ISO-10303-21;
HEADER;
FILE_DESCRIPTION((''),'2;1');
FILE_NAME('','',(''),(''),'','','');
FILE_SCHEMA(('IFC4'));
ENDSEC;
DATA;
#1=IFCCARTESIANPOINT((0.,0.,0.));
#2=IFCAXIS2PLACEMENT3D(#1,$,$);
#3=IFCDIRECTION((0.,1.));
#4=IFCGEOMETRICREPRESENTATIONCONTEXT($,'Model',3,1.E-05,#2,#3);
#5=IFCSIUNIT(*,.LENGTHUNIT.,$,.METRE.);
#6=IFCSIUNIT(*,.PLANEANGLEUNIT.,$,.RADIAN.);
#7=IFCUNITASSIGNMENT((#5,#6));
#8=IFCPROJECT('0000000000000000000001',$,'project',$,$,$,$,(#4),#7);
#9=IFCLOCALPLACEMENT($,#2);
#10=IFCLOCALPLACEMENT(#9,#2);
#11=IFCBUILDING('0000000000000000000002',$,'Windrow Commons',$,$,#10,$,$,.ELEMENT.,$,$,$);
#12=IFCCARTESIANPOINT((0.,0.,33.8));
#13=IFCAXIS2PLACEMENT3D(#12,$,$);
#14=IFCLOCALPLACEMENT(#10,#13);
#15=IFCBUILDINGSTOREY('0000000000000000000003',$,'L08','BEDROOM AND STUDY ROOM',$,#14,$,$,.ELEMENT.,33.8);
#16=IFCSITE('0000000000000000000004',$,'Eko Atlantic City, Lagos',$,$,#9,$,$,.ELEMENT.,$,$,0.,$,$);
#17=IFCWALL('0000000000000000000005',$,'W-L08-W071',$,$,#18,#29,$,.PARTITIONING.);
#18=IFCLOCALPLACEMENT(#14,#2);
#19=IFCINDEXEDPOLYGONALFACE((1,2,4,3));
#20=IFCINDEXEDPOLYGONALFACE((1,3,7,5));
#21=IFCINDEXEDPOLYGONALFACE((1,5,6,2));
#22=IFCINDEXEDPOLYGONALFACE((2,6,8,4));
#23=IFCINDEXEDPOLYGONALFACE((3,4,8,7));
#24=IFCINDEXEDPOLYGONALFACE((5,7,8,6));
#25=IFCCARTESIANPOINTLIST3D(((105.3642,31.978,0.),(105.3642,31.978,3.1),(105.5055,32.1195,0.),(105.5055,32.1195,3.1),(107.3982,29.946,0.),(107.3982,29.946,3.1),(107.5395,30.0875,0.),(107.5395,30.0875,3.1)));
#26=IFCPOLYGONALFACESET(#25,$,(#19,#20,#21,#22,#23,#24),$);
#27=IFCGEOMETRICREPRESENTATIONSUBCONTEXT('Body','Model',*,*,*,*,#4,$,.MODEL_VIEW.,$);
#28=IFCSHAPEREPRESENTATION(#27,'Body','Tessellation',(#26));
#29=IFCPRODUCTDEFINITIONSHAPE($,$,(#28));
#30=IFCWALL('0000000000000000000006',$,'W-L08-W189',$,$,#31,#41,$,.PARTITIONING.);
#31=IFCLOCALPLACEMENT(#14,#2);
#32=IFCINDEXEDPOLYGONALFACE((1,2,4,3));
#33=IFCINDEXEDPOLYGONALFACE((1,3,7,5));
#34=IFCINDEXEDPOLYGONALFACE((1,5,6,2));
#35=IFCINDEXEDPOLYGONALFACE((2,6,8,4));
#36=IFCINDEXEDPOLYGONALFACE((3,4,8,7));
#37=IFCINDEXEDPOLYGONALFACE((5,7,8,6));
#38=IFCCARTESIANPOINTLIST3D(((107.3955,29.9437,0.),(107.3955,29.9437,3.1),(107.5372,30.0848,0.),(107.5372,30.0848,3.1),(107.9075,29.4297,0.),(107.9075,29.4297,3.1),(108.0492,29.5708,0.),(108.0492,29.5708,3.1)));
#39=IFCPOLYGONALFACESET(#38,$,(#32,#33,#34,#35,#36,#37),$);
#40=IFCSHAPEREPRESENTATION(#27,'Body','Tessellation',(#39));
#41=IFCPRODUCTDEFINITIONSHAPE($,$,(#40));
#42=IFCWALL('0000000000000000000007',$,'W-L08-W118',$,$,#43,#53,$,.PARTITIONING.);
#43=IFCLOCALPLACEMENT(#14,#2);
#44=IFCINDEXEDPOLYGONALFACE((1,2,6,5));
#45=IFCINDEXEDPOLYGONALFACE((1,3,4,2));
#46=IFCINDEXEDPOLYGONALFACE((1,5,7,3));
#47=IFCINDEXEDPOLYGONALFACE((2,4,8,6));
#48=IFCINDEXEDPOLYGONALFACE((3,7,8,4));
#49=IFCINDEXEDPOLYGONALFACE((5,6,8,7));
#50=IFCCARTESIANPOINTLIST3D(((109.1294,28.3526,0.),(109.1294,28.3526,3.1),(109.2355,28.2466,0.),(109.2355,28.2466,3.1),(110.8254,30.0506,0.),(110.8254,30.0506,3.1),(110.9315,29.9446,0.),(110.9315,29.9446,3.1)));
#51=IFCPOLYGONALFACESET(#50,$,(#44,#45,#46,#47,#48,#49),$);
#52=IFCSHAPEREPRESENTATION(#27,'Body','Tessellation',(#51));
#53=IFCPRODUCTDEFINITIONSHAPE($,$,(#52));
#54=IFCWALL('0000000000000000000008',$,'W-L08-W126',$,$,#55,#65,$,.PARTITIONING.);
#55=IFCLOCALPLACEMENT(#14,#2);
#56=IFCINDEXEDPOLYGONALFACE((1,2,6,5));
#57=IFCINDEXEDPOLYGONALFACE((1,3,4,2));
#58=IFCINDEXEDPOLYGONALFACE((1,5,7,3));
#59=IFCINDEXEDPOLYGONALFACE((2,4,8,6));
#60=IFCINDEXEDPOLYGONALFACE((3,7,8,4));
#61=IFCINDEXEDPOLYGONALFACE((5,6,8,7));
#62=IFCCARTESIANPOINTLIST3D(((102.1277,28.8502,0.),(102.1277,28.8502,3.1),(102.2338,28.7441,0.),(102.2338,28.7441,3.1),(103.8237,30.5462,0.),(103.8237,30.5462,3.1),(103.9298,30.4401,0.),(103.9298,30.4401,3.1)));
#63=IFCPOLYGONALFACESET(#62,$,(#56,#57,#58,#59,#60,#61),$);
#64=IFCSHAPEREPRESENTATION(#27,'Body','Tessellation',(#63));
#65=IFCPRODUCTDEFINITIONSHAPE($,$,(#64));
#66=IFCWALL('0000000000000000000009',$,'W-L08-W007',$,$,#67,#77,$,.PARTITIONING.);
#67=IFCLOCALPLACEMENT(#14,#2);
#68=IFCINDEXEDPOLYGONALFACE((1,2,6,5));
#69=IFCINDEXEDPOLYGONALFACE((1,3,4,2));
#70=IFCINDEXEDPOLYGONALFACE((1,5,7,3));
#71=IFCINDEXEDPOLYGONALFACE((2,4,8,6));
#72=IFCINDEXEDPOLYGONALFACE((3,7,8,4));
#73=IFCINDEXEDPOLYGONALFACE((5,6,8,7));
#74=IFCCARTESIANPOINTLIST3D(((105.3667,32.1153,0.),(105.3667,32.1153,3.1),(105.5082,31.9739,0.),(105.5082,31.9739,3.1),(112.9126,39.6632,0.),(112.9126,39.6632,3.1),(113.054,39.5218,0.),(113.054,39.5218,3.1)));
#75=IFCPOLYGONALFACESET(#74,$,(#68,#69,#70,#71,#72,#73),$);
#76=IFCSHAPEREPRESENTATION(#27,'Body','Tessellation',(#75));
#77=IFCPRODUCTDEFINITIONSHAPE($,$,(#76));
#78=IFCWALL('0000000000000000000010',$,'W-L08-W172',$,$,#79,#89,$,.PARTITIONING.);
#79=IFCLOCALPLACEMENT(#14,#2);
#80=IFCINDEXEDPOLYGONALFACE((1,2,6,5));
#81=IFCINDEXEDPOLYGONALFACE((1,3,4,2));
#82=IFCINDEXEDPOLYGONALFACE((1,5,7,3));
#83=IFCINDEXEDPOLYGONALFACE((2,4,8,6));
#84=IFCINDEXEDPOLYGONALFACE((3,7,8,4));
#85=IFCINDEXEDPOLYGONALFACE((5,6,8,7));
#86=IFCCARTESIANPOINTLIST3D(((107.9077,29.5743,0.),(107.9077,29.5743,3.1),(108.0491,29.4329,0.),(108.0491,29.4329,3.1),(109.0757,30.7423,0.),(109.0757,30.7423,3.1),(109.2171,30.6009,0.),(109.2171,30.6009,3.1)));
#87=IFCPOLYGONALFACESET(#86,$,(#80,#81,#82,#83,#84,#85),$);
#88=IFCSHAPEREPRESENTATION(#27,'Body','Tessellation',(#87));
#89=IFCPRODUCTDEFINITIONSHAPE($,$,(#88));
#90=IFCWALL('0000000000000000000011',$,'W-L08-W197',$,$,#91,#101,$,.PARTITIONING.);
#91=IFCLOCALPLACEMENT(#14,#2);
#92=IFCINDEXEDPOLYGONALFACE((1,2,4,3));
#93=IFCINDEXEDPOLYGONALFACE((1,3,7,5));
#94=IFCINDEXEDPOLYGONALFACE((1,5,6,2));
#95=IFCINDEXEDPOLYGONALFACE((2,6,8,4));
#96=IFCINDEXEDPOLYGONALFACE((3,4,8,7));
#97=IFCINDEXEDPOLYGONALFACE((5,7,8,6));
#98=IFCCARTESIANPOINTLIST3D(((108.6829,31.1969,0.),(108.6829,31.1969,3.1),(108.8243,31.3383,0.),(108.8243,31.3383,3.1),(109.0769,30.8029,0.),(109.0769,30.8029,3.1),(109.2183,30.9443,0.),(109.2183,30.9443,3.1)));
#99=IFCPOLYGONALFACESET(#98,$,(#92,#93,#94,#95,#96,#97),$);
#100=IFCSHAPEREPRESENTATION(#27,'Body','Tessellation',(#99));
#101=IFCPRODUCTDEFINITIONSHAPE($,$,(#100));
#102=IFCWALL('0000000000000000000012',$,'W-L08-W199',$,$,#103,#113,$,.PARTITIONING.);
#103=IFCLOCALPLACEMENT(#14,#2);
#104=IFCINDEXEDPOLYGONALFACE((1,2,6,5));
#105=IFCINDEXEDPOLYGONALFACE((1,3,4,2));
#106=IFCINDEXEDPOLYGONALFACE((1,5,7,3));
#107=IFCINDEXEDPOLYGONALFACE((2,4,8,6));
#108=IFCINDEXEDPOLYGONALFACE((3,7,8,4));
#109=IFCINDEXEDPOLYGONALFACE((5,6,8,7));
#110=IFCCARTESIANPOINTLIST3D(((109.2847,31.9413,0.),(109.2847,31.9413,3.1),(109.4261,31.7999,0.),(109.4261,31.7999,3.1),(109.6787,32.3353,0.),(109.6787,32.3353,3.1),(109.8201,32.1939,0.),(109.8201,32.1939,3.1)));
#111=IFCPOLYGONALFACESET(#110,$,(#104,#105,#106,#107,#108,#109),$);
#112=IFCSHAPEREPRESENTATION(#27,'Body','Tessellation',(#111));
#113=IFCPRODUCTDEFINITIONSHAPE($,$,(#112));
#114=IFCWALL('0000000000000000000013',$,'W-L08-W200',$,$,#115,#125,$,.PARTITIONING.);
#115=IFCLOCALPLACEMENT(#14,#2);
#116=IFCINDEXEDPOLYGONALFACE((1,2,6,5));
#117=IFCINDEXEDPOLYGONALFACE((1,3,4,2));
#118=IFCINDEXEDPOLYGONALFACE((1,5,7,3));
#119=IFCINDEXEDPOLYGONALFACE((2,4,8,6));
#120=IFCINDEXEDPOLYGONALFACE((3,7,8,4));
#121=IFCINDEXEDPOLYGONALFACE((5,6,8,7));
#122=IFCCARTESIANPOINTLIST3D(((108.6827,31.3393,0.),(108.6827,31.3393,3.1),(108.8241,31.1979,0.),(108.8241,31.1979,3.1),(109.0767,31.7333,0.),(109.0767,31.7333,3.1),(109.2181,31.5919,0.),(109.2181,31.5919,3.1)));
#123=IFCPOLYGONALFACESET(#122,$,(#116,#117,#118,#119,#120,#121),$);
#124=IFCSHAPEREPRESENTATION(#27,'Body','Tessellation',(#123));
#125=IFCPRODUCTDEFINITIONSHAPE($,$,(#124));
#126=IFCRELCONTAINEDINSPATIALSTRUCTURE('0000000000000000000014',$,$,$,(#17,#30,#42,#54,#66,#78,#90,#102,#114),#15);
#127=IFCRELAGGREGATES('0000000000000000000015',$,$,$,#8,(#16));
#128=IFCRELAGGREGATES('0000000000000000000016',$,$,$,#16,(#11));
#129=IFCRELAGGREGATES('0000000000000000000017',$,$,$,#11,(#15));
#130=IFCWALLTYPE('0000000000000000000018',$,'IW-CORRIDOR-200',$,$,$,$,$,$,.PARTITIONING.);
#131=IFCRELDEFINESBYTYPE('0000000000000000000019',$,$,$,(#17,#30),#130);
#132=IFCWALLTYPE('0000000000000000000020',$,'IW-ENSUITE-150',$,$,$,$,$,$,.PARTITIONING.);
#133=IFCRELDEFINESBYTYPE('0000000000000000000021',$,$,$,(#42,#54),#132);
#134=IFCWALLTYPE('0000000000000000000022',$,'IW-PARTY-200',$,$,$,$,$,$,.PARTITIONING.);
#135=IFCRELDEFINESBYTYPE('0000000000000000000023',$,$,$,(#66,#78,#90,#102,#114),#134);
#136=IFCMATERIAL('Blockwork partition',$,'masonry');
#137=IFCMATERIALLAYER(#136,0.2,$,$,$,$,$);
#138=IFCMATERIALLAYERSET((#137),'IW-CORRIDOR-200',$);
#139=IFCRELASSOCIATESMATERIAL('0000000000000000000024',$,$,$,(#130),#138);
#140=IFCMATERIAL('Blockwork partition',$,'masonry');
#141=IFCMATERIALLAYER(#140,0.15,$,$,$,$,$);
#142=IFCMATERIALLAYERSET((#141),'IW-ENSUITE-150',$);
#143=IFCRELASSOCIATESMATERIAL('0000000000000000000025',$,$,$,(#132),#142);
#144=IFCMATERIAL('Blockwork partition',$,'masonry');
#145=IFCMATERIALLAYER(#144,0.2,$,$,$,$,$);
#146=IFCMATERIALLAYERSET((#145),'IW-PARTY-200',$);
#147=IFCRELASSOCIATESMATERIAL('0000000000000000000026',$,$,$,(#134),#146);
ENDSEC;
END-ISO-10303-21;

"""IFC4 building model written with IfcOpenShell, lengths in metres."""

from ifc_helpers import new_model, si_unit, direction, frame, frame_2d, origin, place, context, subcontext, project, spatial, rectangle, extrude, material, layer, layer_set, type_object, element, save


model = new_model("IFC4")

# Units and contexts
model_context = context("Model", 3, precision=1e-05, world=origin(), true_north=direction((0.0, 1.0)))
body_context = subcontext(model_context, "Body", "Model", "MODEL_VIEW")
ifc_project = project(units=[si_unit("LENGTHUNIT", "METRE"), si_unit("PLANEANGLEUNIT", "RADIAN")], contexts=[model_context])

# Site, building, storey
site_placement = place(None, origin())
site = spatial("IfcSite", under=ifc_project, at=site_placement, Name="Eko Atlantic City, Lagos", CompositionType="ELEMENT", RefElevation=0.0)
building_placement = place(site_placement, origin())
building = spatial("IfcBuilding", under=site, at=building_placement, Name="Windrow Commons", CompositionType="ELEMENT")
storey_placement = place(building_placement, frame((0.0, 0.0, 33.8)))
storey = spatial("IfcBuildingStorey", under=building, at=storey_placement, Name="L08", Description="BEDROOM AND STUDY ROOM", CompositionType="ELEMENT", Elevation=33.8)

# Shared definitions
ifc_material_1 = material(Name="Blockwork partition", Category="masonry")
ifc_layer_1 = layer(ifc_material_1, 0.2)
ifc_layer_set_1 = layer_set([ifc_layer_1], Name="IW-CORRIDOR-200")
wall_type_1 = type_object("IfcWallType", Name="IW-CORRIDOR-200", PredefinedType="PARTITIONING", material=ifc_layer_set_1)

# Walls
wall_1_placement = place(storey_placement, frame((105.4348, 32.0488, 0.0), z_axis=(0.0, 0.0, 1.0), x_axis=(0.707455, -0.706759, 0.0)))
element("IfcWall", 1, at=wall_1_placement, inside=storey, type_object=wall_type_1, Name="W-L08-W071", PredefinedType="PARTITIONING", context=body_context, shape_type="SweptSolid", body=[
    extrude(rectangle(XDim=2.8751, YDim=0.2, at=frame_2d((1.4376, 0.0))), origin(), (0.0, 0.0, 1.0), 3.1),
])
wall_2_placement = place(storey_placement, frame((107.4663, 30.0143, 0.0), z_axis=(0.0, 0.0, 1.0), x_axis=(0.705727, -0.708484, 0.0)))
element("IfcWall", 2, at=wall_2_placement, inside=storey, type_object=wall_type_1, Name="W-L08-W189", PredefinedType="PARTITIONING", context=body_context, shape_type="SweptSolid", body=[
    extrude(rectangle(XDim=0.7255, YDim=0.2, at=frame_2d((0.3628, 0.0))), origin(), (0.0, 0.0, 1.0), 3.1),
])
ifc_material_2 = material(Name="Blockwork partition", Category="masonry")
ifc_layer_2 = layer(ifc_material_2, 0.15)
ifc_layer_set_2 = layer_set([ifc_layer_2], Name="IW-ENSUITE-150")
wall_type_2 = type_object("IfcWallType", Name="IW-ENSUITE-150", PredefinedType="PARTITIONING", material=ifc_layer_set_2)
wall_3_placement = place(storey_placement, frame((109.1824, 28.2996, 0.0), z_axis=(0.0, 0.0, 1.0), x_axis=(0.70669, 0.707523, 0.0)))
element("IfcWall", 3, at=wall_3_placement, inside=storey, type_object=wall_type_2, Name="W-L08-W118", PredefinedType="PARTITIONING", context=body_context, shape_type="SweptSolid", body=[
    extrude(rectangle(XDim=2.3999, YDim=0.15, at=frame_2d((1.2, 0.0))), origin(), (0.0, 0.0, 1.0), 3.1),
])
wall_4_placement = place(storey_placement, frame((102.1808, 28.7972, 0.0), z_axis=(0.0, 0.0, 1.0), x_axis=(0.707107, 0.707107, 0.0)))
element("IfcWall", 4, at=wall_4_placement, inside=storey, type_object=wall_type_2, Name="W-L08-W126", PredefinedType="PARTITIONING", context=body_context, shape_type="SweptSolid", body=[
    extrude(rectangle(XDim=2.3985, YDim=0.15, at=frame_2d((1.1992, 0.0))), origin(), (0.0, 0.0, 1.0), 3.1),
])
ifc_material_3 = material(Name="Blockwork partition", Category="masonry")
ifc_layer_3 = layer(ifc_material_3, 0.2)
ifc_layer_set_3 = layer_set([ifc_layer_3], Name="IW-PARTY-200")
wall_type_3 = type_object("IfcWallType", Name="IW-PARTY-200", PredefinedType="PARTITIONING", material=ifc_layer_set_3)
wall_5_placement = place(storey_placement, frame((105.4374, 32.0446, 0.0), z_axis=(0.0, 0.0, 1.0), x_axis=(0.707013, 0.7072, 0.0)))
element("IfcWall", 5, at=wall_5_placement, inside=storey, type_object=wall_type_3, Name="W-L08-W007", PredefinedType="PARTITIONING", context=body_context, shape_type="SweptSolid", body=[
    extrude(rectangle(XDim=10.6729, YDim=0.2, at=frame_2d((5.3365, 0.0))), origin(), (0.0, 0.0, 1.0), 3.1),
])
wall_6_placement = place(storey_placement, frame((107.9784, 29.5036, 0.0), z_axis=(0.0, 0.0, 1.0), x_axis=(0.707107, 0.707107, 0.0)))
element("IfcWall", 6, at=wall_6_placement, inside=storey, type_object=wall_type_3, Name="W-L08-W172", PredefinedType="PARTITIONING", context=body_context, shape_type="SweptSolid", body=[
    extrude(rectangle(XDim=1.6518, YDim=0.2, at=frame_2d((0.8259, 0.0))), origin(), (0.0, 0.0, 1.0), 3.1),
])
for number, where, z_axis, x_axis, name in (
    (7, (108.7536, 31.2676, 0.0), (0.0, 0.0, 1.0), (0.707107, -0.707107, 0.0), "W-L08-W197"),
    (8, (109.3554, 31.8706, 0.0), (0.0, 0.0, 1.0), (0.707107, 0.707107, 0.0), "W-L08-W199"),
    (9, (108.7534, 31.2686, 0.0), (0.0, 0.0, 1.0), (0.707107, 0.707107, 0.0), "W-L08-W200"),
):
    element("IfcWall", number, at=place(storey_placement, frame(where, z_axis=z_axis, x_axis=x_axis)), inside=storey, type_object=wall_type_3, Name=name, PredefinedType="PARTITIONING", context=body_context, shape_type="SweptSolid", body=[
        extrude(rectangle(XDim=0.5572, YDim=0.2, at=frame_2d((0.2786, 0.0))), origin(), (0.0, 0.0, 1.0), 3.1),
    ])

save(model, "model.ifc")
